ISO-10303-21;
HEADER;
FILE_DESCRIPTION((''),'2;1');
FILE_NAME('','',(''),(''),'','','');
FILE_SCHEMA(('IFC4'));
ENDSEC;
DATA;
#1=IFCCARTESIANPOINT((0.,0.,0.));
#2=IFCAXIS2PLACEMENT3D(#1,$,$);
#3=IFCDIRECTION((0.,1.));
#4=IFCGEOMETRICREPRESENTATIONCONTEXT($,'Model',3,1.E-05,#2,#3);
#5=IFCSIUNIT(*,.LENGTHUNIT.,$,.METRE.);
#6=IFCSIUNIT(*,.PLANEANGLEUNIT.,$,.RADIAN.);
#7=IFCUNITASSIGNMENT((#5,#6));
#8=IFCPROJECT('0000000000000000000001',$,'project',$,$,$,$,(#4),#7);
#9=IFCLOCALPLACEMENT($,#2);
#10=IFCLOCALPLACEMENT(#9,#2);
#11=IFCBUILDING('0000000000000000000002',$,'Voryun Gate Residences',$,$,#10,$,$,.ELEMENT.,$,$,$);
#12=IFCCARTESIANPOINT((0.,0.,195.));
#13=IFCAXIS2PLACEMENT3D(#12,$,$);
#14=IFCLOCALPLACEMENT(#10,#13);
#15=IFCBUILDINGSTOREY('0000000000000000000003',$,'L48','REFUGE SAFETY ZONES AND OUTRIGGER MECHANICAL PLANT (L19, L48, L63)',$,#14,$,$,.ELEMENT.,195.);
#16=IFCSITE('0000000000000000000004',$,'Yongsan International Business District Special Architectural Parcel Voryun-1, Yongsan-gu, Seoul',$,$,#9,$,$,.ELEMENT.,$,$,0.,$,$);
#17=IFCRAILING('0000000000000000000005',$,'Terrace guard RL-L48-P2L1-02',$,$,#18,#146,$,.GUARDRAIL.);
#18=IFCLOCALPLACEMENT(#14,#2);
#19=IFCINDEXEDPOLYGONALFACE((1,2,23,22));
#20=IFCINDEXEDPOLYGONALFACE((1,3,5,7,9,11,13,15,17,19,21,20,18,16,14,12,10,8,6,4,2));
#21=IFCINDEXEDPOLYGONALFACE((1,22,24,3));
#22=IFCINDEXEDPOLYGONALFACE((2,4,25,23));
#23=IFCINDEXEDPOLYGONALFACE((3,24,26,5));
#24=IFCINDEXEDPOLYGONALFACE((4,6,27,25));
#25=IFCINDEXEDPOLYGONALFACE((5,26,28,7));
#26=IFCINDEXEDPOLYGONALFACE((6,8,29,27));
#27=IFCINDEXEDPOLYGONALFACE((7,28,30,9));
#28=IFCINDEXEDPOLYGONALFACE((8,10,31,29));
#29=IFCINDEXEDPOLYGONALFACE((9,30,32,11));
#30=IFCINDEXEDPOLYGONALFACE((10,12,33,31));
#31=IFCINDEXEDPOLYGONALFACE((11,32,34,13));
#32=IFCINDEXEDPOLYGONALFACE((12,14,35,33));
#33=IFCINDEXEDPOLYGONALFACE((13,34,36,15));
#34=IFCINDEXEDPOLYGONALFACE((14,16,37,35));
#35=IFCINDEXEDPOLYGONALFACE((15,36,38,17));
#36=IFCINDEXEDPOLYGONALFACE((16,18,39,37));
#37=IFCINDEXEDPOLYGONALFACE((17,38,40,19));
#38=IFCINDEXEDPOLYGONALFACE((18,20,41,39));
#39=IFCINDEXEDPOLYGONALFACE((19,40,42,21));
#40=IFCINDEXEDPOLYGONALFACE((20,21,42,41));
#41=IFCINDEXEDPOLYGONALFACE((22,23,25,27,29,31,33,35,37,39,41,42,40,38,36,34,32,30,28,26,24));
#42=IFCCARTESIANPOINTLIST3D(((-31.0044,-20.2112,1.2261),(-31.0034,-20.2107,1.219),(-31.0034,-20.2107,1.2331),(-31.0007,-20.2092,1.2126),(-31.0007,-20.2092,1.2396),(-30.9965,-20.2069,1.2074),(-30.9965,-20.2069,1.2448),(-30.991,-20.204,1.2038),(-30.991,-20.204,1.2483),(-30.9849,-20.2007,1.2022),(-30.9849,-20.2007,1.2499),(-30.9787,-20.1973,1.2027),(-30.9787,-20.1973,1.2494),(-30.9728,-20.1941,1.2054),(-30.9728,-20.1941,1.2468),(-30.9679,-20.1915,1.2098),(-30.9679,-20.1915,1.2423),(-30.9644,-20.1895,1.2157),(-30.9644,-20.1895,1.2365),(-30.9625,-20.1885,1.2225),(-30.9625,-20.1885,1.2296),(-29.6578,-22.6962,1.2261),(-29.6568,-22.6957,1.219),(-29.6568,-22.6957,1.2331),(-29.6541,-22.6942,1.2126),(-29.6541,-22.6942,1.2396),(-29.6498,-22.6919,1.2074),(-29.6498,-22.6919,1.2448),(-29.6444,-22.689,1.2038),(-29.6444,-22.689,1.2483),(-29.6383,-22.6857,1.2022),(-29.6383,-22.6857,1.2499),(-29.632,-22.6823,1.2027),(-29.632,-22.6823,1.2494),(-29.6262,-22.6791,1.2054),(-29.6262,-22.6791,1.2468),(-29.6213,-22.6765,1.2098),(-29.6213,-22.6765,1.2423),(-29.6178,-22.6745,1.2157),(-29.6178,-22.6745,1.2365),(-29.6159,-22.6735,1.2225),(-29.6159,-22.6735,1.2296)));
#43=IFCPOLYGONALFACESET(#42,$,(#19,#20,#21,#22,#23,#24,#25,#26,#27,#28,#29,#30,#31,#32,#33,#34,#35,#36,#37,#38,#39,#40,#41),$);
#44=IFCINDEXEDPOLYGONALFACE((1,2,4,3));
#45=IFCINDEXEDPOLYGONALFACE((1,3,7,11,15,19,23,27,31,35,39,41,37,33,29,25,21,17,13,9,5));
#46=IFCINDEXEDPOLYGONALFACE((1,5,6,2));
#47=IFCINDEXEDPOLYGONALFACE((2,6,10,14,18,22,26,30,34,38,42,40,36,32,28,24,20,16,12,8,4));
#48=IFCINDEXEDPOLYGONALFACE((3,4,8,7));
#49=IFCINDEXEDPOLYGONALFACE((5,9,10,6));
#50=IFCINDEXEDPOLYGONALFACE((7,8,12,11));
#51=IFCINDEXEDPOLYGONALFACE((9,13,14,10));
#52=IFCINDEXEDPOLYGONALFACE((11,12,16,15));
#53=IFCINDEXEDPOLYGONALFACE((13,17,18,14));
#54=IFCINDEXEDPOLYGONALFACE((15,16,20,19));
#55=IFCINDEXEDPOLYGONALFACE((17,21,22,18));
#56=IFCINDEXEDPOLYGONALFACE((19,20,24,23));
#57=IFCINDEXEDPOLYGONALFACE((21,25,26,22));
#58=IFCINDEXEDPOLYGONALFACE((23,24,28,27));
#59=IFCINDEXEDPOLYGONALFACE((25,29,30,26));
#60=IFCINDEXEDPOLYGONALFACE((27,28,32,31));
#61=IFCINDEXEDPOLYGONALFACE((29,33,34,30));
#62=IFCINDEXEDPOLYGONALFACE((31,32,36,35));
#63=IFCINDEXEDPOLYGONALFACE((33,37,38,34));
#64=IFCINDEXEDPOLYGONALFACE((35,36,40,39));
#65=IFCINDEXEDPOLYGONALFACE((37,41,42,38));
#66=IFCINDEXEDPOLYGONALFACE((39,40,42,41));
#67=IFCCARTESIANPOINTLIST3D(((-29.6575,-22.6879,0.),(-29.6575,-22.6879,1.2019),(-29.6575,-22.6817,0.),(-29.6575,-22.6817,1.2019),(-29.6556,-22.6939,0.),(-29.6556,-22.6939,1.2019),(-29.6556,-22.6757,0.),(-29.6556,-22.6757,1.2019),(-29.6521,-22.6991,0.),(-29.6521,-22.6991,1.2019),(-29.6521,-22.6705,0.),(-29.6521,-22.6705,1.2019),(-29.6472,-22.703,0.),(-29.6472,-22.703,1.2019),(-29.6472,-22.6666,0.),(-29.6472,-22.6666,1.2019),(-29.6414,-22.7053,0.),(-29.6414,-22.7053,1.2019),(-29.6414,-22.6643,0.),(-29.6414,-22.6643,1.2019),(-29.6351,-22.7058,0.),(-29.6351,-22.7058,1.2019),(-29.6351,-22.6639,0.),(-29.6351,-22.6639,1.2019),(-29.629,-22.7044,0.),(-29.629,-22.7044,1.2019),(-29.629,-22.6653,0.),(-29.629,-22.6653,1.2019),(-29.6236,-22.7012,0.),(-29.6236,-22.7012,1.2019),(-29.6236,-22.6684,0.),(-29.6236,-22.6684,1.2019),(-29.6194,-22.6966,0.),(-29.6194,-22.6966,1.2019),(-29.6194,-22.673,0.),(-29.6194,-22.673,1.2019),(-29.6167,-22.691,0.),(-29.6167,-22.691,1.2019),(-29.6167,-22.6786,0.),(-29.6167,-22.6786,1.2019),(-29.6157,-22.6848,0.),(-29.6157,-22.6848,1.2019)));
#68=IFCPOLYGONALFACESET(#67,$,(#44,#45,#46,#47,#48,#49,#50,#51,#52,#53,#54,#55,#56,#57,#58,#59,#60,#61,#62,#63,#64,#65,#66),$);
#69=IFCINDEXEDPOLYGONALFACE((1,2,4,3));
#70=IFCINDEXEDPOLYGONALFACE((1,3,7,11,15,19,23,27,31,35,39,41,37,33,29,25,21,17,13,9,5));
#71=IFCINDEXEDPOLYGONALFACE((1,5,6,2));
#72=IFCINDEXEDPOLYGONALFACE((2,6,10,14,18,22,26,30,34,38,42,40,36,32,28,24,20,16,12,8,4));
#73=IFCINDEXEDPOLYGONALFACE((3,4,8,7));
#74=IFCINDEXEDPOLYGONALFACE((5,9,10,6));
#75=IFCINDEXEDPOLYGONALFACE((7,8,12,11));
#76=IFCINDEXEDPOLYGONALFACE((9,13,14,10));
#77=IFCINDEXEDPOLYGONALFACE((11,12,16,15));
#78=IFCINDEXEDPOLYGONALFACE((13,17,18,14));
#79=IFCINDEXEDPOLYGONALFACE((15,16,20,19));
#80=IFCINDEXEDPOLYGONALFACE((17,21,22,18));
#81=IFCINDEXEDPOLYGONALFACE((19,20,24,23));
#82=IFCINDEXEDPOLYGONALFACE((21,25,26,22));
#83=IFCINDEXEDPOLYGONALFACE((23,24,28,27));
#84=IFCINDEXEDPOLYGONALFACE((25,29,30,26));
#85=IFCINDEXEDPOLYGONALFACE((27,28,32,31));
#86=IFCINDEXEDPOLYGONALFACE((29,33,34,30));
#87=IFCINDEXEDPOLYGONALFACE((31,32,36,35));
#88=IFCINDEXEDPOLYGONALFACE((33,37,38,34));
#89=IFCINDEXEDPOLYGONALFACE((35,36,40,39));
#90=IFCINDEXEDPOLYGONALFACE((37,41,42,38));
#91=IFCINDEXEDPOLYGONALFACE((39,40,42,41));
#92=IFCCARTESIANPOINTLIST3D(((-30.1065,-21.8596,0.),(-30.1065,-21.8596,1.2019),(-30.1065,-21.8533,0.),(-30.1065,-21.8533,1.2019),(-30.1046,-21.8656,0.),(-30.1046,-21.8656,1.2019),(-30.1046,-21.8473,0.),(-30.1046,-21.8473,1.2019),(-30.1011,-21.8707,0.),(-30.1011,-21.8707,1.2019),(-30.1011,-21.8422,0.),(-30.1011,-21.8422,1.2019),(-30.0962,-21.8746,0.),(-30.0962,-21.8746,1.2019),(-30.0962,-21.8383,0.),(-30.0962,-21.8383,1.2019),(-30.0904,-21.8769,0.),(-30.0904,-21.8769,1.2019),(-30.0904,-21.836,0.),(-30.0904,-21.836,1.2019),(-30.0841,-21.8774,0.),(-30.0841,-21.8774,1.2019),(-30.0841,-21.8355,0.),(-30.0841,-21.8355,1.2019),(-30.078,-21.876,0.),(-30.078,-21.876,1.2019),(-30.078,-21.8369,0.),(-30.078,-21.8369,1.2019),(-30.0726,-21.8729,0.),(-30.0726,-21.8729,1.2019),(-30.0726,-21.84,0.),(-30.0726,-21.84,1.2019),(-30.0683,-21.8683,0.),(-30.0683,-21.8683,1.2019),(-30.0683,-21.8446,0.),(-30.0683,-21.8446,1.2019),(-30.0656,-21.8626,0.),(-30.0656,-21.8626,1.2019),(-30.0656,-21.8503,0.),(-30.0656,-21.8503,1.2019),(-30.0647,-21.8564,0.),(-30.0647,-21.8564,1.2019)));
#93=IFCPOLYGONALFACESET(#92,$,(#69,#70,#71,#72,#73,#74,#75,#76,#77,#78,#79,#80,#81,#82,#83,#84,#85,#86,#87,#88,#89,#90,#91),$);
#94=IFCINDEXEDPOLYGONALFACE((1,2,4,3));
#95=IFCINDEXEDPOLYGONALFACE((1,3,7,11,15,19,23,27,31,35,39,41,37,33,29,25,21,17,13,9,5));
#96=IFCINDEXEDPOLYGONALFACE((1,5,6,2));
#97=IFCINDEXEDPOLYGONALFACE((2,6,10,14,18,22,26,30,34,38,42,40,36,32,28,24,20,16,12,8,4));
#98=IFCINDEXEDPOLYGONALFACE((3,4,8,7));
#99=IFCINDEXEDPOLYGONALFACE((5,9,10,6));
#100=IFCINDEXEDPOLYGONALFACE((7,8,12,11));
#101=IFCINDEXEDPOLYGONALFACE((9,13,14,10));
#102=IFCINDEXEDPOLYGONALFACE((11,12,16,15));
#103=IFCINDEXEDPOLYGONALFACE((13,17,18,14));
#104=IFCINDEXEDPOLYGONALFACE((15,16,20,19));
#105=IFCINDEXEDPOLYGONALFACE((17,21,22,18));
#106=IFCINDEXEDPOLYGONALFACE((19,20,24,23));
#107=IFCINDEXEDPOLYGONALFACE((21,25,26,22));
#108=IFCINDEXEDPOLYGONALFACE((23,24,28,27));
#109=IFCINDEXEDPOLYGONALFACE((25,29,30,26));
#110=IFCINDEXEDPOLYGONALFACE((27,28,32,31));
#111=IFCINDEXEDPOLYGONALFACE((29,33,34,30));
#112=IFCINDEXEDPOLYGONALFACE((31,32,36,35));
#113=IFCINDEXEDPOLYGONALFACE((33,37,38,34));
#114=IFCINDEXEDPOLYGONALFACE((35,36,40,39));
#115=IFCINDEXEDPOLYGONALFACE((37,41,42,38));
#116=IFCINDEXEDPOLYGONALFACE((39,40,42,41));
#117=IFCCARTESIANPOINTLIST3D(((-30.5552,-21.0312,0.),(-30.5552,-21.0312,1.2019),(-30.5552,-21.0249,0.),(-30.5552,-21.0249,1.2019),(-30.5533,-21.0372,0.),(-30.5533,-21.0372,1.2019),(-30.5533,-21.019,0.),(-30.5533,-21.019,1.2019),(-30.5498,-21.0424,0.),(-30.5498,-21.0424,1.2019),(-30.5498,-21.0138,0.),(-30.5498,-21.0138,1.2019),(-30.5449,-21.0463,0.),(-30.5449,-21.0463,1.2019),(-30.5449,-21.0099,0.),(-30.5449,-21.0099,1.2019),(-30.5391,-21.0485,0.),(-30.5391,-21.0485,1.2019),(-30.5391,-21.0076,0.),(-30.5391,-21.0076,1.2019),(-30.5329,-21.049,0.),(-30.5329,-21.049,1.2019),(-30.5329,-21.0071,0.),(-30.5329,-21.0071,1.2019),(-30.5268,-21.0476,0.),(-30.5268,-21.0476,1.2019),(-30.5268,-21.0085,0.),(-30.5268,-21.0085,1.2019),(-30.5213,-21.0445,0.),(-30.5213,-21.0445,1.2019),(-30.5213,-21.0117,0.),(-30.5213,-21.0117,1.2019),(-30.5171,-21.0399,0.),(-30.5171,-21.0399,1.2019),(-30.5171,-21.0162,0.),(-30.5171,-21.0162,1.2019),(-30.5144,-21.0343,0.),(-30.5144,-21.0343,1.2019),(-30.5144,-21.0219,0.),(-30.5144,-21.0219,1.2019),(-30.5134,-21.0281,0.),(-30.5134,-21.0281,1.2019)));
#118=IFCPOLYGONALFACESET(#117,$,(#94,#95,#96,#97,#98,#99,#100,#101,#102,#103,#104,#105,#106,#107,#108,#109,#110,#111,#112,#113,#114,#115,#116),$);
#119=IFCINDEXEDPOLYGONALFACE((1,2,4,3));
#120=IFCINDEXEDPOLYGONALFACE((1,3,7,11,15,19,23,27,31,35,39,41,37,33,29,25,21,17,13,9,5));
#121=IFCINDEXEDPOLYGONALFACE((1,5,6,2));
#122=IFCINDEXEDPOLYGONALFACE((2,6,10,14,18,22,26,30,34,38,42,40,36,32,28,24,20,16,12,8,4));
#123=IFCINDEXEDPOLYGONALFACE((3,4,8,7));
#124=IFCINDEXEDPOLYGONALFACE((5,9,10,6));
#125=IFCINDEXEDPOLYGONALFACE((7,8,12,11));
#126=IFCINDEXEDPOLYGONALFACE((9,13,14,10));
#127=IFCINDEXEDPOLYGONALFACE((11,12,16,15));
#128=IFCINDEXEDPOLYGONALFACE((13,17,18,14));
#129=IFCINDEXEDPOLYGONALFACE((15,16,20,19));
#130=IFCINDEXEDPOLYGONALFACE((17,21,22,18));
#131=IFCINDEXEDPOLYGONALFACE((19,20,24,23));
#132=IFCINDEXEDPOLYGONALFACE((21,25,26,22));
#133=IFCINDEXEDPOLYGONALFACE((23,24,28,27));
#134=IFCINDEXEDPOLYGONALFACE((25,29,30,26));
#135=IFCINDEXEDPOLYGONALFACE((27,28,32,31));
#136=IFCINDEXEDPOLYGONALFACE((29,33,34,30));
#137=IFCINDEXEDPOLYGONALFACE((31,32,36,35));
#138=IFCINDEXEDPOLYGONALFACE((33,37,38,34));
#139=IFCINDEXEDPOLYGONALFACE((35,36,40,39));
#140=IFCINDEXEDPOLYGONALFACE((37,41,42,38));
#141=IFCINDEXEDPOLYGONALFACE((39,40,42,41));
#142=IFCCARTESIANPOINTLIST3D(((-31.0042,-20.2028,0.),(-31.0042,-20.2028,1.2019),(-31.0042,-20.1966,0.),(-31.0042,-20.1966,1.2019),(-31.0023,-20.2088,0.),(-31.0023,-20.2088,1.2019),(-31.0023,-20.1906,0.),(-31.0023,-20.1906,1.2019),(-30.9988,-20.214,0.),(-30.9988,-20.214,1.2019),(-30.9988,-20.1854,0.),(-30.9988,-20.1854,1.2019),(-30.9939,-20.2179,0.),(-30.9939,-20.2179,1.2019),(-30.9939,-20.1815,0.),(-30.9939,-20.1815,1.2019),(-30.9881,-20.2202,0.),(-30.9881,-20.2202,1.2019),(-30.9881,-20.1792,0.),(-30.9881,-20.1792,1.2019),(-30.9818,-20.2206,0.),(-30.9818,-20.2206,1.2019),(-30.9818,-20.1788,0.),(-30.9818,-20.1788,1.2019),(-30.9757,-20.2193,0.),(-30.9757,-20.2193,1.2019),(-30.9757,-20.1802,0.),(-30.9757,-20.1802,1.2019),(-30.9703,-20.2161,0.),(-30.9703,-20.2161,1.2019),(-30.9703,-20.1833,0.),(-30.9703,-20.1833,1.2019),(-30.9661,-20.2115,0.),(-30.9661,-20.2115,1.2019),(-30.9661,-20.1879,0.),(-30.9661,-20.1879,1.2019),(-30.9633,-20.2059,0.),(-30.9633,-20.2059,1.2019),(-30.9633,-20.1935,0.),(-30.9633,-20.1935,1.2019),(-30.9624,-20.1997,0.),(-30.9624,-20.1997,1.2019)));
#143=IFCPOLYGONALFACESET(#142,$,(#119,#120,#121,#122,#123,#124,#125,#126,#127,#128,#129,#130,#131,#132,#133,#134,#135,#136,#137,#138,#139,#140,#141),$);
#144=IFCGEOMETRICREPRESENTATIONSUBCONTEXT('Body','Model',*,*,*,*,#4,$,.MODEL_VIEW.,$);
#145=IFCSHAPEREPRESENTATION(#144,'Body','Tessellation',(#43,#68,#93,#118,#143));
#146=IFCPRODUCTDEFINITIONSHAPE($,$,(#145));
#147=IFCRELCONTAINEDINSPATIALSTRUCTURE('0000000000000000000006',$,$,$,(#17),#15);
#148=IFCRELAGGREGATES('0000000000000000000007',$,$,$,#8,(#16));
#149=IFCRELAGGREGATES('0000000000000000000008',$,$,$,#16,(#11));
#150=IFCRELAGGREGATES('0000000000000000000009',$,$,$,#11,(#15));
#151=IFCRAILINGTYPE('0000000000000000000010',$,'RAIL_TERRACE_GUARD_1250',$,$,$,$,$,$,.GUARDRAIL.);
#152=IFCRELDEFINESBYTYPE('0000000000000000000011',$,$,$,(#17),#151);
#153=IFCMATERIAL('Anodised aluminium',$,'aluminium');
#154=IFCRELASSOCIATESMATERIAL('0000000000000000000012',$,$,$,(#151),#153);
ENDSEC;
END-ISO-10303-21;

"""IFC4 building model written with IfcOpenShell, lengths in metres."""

from ifc_helpers import new_model, si_unit, direction, frame, origin, origin_2d, place, context, subcontext, project, spatial, circle, extrude, material, type_object, element, save


model = new_model("IFC4")

# Units and contexts
model_context = context("Model", 3, precision=1e-05, world=origin(), true_north=direction((0.0, 1.0)))
body_context = subcontext(model_context, "Body", "Model", "MODEL_VIEW")
ifc_project = project(units=[si_unit("LENGTHUNIT", "METRE"), si_unit("PLANEANGLEUNIT", "RADIAN")], contexts=[model_context])

# Site, building, storey
site_placement = place(None, origin())
site = spatial("IfcSite", under=ifc_project, at=site_placement, Name="Yongsan International Business District Special Architectural Parcel Voryun-1, Yongsan-gu, Seoul", CompositionType="ELEMENT", RefElevation=0.0)
building_placement = place(site_placement, origin())
building = spatial("IfcBuilding", under=site, at=building_placement, Name="Voryun Gate Residences", CompositionType="ELEMENT")
storey_placement = place(building_placement, frame((0.0, 0.0, 195.0)))
storey = spatial("IfcBuildingStorey", under=building, at=storey_placement, Name="L48", Description="REFUGE SAFETY ZONES AND OUTRIGGER MECHANICAL PLANT (L19, L48, L63)", CompositionType="ELEMENT", Elevation=195.0)

# Railing
ifc_material_1 = material(Name="Anodised aluminium", Category="aluminium")
railing_type = type_object("IfcRailingType", Name="RAIL_TERRACE_GUARD_1250", PredefinedType="GUARDRAIL", material=ifc_material_1)
railing_1_placement = place(storey_placement, frame((-29.6367, -22.6848, 0.0)))
element("IfcRailing", 1, at=railing_1_placement, inside=storey, type_object=railing_type, Name="Terrace guard RL-L48-P2L1-02", PredefinedType="GUARDRAIL", context=body_context, shape_type="SweptSolid", body=[
    extrude(circle(Radius=0.0239, at=origin_2d()), frame((0.0, 0.0, 1.2261), z_axis=(-0.476442, 0.879206, 0.0), x_axis=(-0.879206, -0.476442, 0.0)), (0.0, 0.0, 1.0), 2.8264),
    extrude(circle(Radius=0.021, at=origin_2d()), origin(), (0.0, 0.0, 1.0), 1.2019),
    extrude(circle(Radius=0.021, at=origin_2d()), frame((-0.449, 0.8284, 0.0)), (0.0, 0.0, 1.0), 1.2019),
    extrude(circle(Radius=0.021, at=origin_2d()), frame((-0.8977, 1.6567, 0.0)), (0.0, 0.0, 1.0), 1.2019),
    extrude(circle(Radius=0.021, at=origin_2d()), frame((-1.3467, 2.4851, 0.0)), (0.0, 0.0, 1.0), 1.2019),
])

save(model, "model.ifc")
